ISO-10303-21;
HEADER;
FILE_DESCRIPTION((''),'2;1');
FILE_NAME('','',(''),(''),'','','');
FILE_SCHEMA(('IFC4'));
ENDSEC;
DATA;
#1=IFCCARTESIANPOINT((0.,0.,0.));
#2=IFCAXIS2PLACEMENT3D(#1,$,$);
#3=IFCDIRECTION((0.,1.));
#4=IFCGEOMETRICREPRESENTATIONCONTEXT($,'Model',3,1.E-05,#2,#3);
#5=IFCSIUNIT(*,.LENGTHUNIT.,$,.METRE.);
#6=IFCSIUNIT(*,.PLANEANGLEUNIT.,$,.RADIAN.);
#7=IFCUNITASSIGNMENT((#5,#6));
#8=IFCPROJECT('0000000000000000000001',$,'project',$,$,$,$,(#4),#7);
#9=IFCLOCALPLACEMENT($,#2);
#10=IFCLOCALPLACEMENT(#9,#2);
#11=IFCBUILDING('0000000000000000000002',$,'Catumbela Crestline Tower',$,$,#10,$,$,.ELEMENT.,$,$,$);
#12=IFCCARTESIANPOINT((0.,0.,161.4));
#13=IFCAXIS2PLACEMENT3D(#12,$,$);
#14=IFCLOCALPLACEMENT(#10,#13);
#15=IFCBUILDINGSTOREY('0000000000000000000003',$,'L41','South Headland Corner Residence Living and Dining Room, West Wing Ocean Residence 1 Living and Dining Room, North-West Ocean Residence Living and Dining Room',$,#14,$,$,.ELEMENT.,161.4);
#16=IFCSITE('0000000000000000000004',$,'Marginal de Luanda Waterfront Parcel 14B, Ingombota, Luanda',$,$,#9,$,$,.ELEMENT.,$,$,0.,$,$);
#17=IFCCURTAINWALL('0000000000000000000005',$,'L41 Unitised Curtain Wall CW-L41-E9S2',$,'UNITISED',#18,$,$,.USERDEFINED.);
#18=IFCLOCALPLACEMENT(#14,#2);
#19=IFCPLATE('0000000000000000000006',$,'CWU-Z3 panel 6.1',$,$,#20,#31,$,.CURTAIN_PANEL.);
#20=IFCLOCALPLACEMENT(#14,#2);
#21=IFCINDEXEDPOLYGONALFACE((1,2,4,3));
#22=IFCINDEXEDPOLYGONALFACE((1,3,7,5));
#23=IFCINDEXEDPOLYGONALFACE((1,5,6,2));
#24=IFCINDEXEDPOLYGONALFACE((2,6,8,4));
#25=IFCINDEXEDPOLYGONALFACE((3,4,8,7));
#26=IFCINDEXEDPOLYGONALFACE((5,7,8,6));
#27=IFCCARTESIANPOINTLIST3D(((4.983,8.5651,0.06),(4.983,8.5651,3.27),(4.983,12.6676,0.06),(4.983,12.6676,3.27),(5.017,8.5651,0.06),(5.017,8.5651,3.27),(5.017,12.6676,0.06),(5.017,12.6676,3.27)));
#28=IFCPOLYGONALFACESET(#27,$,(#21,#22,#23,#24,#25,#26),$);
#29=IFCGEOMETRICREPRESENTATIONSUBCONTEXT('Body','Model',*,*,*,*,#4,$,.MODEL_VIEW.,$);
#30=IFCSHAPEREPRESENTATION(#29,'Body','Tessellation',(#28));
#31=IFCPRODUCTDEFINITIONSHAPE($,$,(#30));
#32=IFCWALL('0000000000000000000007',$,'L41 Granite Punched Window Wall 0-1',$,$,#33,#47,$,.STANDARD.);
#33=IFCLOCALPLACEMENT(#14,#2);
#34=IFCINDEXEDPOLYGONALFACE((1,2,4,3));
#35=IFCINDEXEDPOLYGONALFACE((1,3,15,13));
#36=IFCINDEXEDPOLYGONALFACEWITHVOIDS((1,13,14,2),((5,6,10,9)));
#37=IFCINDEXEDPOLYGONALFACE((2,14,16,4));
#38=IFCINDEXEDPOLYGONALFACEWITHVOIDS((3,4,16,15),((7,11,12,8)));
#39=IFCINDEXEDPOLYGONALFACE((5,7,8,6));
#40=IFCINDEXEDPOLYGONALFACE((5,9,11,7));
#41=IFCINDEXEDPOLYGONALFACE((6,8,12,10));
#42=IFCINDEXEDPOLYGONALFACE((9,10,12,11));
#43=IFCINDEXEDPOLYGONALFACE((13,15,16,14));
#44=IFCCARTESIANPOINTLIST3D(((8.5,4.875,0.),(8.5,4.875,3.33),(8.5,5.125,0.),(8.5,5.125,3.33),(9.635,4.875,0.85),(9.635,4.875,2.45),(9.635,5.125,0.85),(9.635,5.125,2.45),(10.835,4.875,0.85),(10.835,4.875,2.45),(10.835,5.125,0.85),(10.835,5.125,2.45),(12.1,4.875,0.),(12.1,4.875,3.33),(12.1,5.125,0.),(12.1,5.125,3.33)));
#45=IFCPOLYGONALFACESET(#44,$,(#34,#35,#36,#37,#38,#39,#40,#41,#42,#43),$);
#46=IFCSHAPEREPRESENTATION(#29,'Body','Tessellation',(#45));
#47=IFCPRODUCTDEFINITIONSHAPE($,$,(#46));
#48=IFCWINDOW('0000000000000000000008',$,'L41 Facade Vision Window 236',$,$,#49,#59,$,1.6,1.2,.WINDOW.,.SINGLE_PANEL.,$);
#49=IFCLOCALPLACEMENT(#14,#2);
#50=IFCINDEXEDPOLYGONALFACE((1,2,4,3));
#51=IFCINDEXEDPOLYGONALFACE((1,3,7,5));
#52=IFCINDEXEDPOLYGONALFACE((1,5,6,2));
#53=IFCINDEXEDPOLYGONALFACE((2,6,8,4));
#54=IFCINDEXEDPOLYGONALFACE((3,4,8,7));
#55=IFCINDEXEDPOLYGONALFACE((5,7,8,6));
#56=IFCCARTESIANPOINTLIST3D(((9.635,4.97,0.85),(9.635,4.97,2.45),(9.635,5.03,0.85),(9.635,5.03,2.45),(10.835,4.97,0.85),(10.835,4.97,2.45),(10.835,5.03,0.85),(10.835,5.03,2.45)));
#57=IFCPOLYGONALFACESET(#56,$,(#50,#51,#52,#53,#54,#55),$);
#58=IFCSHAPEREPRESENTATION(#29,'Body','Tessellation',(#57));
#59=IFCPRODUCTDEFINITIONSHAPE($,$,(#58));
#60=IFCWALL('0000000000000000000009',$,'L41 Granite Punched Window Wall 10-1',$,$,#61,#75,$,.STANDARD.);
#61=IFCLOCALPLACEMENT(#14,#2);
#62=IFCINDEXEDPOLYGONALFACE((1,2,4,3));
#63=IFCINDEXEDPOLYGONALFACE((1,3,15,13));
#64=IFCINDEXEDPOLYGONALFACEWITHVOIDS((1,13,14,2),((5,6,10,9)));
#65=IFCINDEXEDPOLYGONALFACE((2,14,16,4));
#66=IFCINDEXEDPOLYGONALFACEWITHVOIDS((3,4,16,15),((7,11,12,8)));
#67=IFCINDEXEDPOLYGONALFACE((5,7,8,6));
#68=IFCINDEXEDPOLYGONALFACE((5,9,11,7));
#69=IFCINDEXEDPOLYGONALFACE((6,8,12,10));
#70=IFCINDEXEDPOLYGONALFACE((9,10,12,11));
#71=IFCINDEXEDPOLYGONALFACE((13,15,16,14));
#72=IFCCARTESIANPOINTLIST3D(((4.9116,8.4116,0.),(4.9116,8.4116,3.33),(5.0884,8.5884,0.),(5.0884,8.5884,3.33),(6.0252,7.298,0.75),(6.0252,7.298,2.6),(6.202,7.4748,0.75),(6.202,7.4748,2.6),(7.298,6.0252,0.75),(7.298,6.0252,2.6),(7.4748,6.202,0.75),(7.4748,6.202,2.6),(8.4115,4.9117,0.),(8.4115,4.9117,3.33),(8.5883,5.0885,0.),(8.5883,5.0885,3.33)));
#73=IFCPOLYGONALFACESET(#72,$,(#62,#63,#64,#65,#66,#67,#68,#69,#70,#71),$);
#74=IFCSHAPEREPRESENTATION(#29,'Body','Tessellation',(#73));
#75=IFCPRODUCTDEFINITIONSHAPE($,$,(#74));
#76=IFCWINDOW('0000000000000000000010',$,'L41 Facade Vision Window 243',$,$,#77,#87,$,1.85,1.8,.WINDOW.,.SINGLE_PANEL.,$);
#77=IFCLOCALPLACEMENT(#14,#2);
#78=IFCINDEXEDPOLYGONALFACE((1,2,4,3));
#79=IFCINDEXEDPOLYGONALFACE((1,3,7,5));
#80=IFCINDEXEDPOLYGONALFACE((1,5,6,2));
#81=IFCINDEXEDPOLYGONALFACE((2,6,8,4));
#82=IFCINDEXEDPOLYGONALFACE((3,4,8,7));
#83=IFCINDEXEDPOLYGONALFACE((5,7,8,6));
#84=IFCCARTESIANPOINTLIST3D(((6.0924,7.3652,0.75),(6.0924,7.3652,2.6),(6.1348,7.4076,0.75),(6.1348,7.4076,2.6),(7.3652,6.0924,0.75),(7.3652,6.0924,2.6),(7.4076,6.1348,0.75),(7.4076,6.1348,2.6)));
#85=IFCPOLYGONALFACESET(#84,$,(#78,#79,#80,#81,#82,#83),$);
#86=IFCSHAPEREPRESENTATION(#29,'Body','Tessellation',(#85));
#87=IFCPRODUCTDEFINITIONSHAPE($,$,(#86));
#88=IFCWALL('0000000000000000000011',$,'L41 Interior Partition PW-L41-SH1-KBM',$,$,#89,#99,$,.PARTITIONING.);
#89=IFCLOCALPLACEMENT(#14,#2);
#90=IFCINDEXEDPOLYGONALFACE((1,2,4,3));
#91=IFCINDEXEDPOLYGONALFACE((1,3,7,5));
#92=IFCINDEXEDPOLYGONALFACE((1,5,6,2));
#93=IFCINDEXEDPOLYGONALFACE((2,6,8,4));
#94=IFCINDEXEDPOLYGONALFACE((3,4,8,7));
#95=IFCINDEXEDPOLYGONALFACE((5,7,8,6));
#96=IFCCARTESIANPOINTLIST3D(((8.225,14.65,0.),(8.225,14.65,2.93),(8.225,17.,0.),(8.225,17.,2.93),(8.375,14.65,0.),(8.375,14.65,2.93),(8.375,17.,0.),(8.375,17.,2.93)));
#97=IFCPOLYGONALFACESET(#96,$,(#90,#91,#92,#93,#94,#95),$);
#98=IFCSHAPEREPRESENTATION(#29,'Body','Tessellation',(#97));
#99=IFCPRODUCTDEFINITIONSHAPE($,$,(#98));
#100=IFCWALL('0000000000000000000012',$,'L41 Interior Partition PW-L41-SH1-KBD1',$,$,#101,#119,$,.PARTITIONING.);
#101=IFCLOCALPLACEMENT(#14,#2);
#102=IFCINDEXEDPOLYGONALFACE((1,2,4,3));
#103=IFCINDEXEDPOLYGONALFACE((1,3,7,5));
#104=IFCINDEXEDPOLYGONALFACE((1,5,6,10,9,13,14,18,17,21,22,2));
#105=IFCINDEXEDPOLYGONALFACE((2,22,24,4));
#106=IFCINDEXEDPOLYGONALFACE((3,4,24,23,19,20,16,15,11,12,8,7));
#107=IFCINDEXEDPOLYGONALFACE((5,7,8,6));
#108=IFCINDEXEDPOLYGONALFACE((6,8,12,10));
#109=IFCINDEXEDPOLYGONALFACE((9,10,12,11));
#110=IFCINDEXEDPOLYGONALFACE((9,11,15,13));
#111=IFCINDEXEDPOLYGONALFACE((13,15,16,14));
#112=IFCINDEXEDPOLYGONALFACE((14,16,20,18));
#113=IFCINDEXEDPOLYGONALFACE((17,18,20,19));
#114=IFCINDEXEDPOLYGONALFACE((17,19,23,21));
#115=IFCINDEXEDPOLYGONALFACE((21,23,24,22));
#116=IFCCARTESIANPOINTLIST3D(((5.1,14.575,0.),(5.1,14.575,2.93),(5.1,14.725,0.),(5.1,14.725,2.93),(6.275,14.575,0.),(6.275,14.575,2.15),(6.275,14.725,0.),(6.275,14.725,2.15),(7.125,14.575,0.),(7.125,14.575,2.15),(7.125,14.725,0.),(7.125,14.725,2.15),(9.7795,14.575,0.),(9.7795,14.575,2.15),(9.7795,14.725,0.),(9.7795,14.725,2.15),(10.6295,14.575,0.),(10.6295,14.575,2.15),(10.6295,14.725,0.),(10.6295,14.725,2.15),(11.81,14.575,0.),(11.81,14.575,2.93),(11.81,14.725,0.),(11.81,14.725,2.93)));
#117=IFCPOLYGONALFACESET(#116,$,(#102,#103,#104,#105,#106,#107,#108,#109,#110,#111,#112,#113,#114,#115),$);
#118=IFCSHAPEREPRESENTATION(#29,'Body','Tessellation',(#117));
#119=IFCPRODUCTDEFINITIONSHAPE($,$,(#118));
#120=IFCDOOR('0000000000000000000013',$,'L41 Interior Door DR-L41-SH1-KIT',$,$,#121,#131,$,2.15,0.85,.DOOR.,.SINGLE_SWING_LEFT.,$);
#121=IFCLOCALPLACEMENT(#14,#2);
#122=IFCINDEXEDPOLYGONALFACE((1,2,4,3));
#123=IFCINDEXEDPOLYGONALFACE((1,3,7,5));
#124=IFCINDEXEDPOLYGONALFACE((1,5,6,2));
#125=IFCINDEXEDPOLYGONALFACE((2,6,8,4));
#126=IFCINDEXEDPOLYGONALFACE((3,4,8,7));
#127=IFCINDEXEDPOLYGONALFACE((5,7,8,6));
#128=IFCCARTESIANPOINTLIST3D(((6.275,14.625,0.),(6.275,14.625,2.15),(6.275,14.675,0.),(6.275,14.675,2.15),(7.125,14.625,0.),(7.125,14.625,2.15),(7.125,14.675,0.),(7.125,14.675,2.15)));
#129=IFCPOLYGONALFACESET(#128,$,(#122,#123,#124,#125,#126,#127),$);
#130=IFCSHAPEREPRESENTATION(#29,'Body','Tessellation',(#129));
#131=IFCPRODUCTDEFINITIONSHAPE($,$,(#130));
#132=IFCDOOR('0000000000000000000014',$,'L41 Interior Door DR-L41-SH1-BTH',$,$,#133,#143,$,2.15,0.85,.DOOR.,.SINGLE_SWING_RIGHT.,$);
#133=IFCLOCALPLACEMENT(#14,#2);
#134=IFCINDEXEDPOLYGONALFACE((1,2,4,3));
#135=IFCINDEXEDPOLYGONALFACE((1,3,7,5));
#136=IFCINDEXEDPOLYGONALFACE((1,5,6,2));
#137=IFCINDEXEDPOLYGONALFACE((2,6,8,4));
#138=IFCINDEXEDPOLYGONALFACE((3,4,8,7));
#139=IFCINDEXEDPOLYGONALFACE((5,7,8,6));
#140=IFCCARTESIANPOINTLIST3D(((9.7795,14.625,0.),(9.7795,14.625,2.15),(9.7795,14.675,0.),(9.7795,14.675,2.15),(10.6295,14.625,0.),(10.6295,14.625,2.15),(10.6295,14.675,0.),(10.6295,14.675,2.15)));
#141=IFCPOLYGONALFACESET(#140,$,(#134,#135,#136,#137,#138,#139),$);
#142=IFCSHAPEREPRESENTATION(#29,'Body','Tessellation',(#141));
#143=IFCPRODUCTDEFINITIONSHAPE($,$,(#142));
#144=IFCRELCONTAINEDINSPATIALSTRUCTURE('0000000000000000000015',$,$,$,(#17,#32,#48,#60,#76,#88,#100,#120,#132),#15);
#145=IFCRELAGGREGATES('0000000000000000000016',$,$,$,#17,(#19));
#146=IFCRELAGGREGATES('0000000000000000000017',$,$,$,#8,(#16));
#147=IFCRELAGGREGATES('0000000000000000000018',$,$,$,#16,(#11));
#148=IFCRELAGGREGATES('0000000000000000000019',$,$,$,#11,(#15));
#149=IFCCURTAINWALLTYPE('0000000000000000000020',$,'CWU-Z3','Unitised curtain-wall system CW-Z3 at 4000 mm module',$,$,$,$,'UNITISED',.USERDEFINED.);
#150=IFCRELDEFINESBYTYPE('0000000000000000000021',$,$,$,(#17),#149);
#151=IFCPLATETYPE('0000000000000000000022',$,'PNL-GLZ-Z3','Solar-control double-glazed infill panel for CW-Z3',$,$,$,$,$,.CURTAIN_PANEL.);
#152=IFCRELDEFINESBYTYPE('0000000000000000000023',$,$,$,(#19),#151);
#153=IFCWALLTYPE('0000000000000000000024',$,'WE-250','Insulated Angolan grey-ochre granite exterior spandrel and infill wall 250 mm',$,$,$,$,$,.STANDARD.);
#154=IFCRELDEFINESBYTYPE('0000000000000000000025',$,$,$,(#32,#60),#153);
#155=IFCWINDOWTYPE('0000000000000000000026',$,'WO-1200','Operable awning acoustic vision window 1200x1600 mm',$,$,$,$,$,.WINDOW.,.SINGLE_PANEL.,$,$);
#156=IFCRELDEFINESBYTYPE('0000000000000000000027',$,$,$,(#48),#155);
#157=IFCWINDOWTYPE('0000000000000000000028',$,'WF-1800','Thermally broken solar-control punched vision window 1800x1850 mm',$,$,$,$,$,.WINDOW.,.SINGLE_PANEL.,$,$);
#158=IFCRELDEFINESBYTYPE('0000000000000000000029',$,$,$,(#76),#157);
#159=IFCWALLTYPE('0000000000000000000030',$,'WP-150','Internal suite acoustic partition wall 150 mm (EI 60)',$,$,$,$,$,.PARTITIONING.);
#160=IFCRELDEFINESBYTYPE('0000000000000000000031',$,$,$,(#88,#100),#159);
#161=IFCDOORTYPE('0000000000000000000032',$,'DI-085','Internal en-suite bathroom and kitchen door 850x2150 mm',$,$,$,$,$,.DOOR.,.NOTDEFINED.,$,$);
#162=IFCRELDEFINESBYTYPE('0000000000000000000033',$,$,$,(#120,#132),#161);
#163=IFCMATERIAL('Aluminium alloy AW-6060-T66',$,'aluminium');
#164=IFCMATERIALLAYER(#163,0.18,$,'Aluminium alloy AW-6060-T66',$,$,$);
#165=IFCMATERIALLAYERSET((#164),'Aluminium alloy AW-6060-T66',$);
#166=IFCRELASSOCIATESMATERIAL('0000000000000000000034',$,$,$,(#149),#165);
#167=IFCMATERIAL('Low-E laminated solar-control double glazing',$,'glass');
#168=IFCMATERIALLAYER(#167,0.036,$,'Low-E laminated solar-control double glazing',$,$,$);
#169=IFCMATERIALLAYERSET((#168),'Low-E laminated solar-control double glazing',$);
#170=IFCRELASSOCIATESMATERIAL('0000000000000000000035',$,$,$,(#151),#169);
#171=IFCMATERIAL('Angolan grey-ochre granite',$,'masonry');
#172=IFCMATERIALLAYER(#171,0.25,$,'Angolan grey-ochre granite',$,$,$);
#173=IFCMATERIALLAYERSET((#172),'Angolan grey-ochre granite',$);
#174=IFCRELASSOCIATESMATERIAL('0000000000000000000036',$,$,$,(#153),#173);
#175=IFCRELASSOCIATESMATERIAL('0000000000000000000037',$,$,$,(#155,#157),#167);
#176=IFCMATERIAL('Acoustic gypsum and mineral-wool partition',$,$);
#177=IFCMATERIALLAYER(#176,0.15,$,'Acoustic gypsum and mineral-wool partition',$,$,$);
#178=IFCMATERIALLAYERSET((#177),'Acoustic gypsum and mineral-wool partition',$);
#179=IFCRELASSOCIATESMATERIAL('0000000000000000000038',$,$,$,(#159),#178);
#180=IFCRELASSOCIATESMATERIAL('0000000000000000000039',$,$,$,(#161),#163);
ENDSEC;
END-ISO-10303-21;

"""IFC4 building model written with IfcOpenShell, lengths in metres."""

from ifc_helpers import new_model, si_unit, direction, frame, frame_2d, origin, origin_2d, place, context, subcontext, project, spatial, rectangle, extrude, material, layer, layer_set, type_object, element, fill, aggregate, save


model = new_model("IFC4")

# Units and contexts
model_context = context("Model", 3, precision=1e-05, world=origin(), true_north=direction((0.0, 1.0)))
body_context = subcontext(model_context, "Body", "Model", "MODEL_VIEW")
ifc_project = project(units=[si_unit("LENGTHUNIT", "METRE"), si_unit("PLANEANGLEUNIT", "RADIAN")], contexts=[model_context])

# Site, building, storey
site_placement = place(None, origin())
site = spatial("IfcSite", under=ifc_project, at=site_placement, Name="Marginal de Luanda Waterfront Parcel 14B, Ingombota, Luanda", CompositionType="ELEMENT", RefElevation=0.0)
building_placement = place(site_placement, origin())
building = spatial("IfcBuilding", under=site, at=building_placement, Name="Catumbela Crestline Tower", CompositionType="ELEMENT")
storey_placement = place(building_placement, frame((0.0, 0.0, 161.4)))
storey = spatial("IfcBuildingStorey", under=building, at=storey_placement, Name="L41", Description="South Headland Corner Residence Living and Dining Room, West Wing Ocean Residence 1 Living and Dining Room, North-West Ocean Residence Living and Dining Room", CompositionType="ELEMENT", Elevation=161.4)

# Curtain wall, plate
ifc_material_1 = material(Name="Aluminium alloy AW-6060-T66", Category="aluminium")
ifc_layer_1 = layer(ifc_material_1, 0.18, Name="Aluminium alloy AW-6060-T66")
ifc_layer_set_1 = layer_set([ifc_layer_1], Name="Aluminium alloy AW-6060-T66")
curtain_wall_type = type_object("IfcCurtainWallType", Name="CWU-Z3", Description="Unitised curtain-wall system CW-Z3 at 4000 mm module", ElementType="UNITISED", PredefinedType="USERDEFINED", material=ifc_layer_set_1)
curtain_wall_placement = place(storey_placement, origin())
curtain_wall = element("IfcCurtainWall", 1, at=curtain_wall_placement, inside=storey, type_object=curtain_wall_type, Name="L41 Unitised Curtain Wall CW-L41-E9S2", ObjectType="UNITISED", PredefinedType="USERDEFINED")
ifc_material_2 = material(Name="Low-E laminated solar-control double glazing", Category="glass")
ifc_layer_2 = layer(ifc_material_2, 0.036, Name="Low-E laminated solar-control double glazing")
ifc_layer_set_2 = layer_set([ifc_layer_2], Name="Low-E laminated solar-control double glazing")
plate_type = type_object("IfcPlateType", Name="PNL-GLZ-Z3", Description="Solar-control double-glazed infill panel for CW-Z3", PredefinedType="CURTAIN_PANEL", material=ifc_layer_set_2)
plate_1_placement = place(storey_placement, frame((5.0, 10.6163, 0.06), z_axis=(0.0, 0.0, 1.0), x_axis=(0.0, -1.0, 0.0)))
plate_1 = element("IfcPlate", 2, at=plate_1_placement, type_object=plate_type, Name="CWU-Z3 panel 6.1", PredefinedType="CURTAIN_PANEL", context=body_context, shape_type="SweptSolid", body=[
    extrude(rectangle(XDim=4.1025, YDim=0.034, at=origin_2d()), origin(), (0.0, 0.0, 1.0), 3.21),
])
aggregate(curtain_wall, [plate_1])

# Walls, openings, windows
ifc_material_3 = material(Name="Angolan grey-ochre granite", Category="masonry")
ifc_layer_3 = layer(ifc_material_3, 0.25, Name="Angolan grey-ochre granite")
ifc_layer_set_3 = layer_set([ifc_layer_3], Name="Angolan grey-ochre granite")
wall_type_1 = type_object("IfcWallType", Name="WE-250", Description="Insulated Angolan grey-ochre granite exterior spandrel and infill wall 250 mm", PredefinedType="STANDARD", material=ifc_layer_set_3)
wall_1_placement = place(storey_placement, frame((8.5, 5.0, 0.0), z_axis=(0.0, 0.0, 1.0), x_axis=(1.0, 0.0, 0.0)))
wall_1 = element("IfcWall", 3, at=wall_1_placement, inside=storey, type_object=wall_type_1, Name="L41 Granite Punched Window Wall 0-1", PredefinedType="STANDARD", context=body_context, shape_type="SweptSolid", body=[
    extrude(rectangle(XDim=3.6, YDim=0.25, at=frame_2d((1.8, 0.0))), origin(), (0.0, 0.0, 1.0), 3.33),
])
opening_1_placement = place(wall_1_placement, frame((1.135, 0.0, 0.85)))
opening_1 = element("IfcOpeningElement", 4, at=opening_1_placement, cuts=wall_1, PredefinedType="OPENING", context=body_context, shape_type="SweptSolid", body=[
    extrude(rectangle(XDim=1.2, YDim=1.6, at=frame_2d((0.6, 0.8))), frame((0.0, 0.135, 0.0), z_axis=(0.0, -1.0, 0.0), x_axis=(1.0, 0.0, 0.0)), (0.0, 0.0, 1.0), 0.27),
])
window_type_1 = type_object("IfcWindowType", Name="WO-1200", Description="Operable awning acoustic vision window 1200x1600 mm", PartitioningType="SINGLE_PANEL", PredefinedType="WINDOW", material=ifc_material_2)
window_1_placement = place(opening_1_placement, origin())
window_1 = element("IfcWindow", 5, at=window_1_placement, inside=storey, type_object=window_type_1, Name="L41 Facade Vision Window 236", OverallHeight=1.6, OverallWidth=1.2, PartitioningType="SINGLE_PANEL", PredefinedType="WINDOW", context=body_context, shape_type="SweptSolid", body=[
    extrude(rectangle(XDim=1.2, YDim=1.6, at=frame_2d((0.6, 0.8))), frame((0.0, 0.03, 0.0), z_axis=(0.0, -1.0, 0.0), x_axis=(1.0, 0.0, 0.0)), (0.0, 0.0, 1.0), 0.06),
])
fill(opening_1, window_1)
wall_2_placement = place(storey_placement, frame((5.0, 8.5, 0.0), z_axis=(0.0, 0.0, 1.0), x_axis=(0.707107, -0.707107, 0.0)))
wall_2 = element("IfcWall", 6, at=wall_2_placement, inside=storey, type_object=wall_type_1, Name="L41 Granite Punched Window Wall 10-1", PredefinedType="STANDARD", context=body_context, shape_type="SweptSolid", body=[
    extrude(rectangle(XDim=4.9497, YDim=0.25, at=frame_2d((2.4748, 0.0))), origin(), (0.0, 0.0, 1.0), 3.33),
])
opening_2_placement = place(wall_2_placement, frame((1.5749, 0.0, 0.75)))
opening_2 = element("IfcOpeningElement", 7, at=opening_2_placement, cuts=wall_2, PredefinedType="OPENING", context=body_context, shape_type="SweptSolid", body=[
    extrude(rectangle(XDim=1.8, YDim=1.85, at=frame_2d((0.9, 0.925))), frame((0.0, 0.135, 0.0), z_axis=(0.0, -1.0, 0.0), x_axis=(1.0, 0.0, 0.0)), (0.0, 0.0, 1.0), 0.27),
])
window_type_2 = type_object("IfcWindowType", Name="WF-1800", Description="Thermally broken solar-control punched vision window 1800x1850 mm", PartitioningType="SINGLE_PANEL", PredefinedType="WINDOW", material=ifc_material_2)
window_2_placement = place(opening_2_placement, origin())
window_2 = element("IfcWindow", 8, at=window_2_placement, inside=storey, type_object=window_type_2, Name="L41 Facade Vision Window 243", OverallHeight=1.85, OverallWidth=1.8, PartitioningType="SINGLE_PANEL", PredefinedType="WINDOW", context=body_context, shape_type="SweptSolid", body=[
    extrude(rectangle(XDim=1.8, YDim=1.85, at=frame_2d((0.9, 0.925))), frame((0.0, 0.03, 0.0), z_axis=(0.0, -1.0, 0.0), x_axis=(1.0, 0.0, 0.0)), (0.0, 0.0, 1.0), 0.06),
])
fill(opening_2, window_2)

# Wall
ifc_material_4 = material(Name="Acoustic gypsum and mineral-wool partition")
ifc_layer_4 = layer(ifc_material_4, 0.15, Name="Acoustic gypsum and mineral-wool partition")
ifc_layer_set_4 = layer_set([ifc_layer_4], Name="Acoustic gypsum and mineral-wool partition")
wall_type_2 = type_object("IfcWallType", Name="WP-150", Description="Internal suite acoustic partition wall 150 mm (EI 60)", PredefinedType="PARTITIONING", material=ifc_layer_set_4)
wall_3_placement = place(storey_placement, frame((8.3, 14.65, 0.0), z_axis=(0.0, 0.0, 1.0), x_axis=(0.0, 1.0, 0.0)))
element("IfcWall", 9, at=wall_3_placement, inside=storey, type_object=wall_type_2, Name="L41 Interior Partition PW-L41-SH1-KBM", PredefinedType="PARTITIONING", context=body_context, shape_type="SweptSolid", body=[
    extrude(rectangle(XDim=2.35, YDim=0.15, at=frame_2d((1.175, 0.0))), origin(), (0.0, 0.0, 1.0), 2.93),
])

# Wall, openings, doors
wall_4_placement = place(storey_placement, frame((5.1, 14.65, 0.0), z_axis=(0.0, 0.0, 1.0), x_axis=(1.0, 0.0, 0.0)))
wall_4 = element("IfcWall", 10, at=wall_4_placement, inside=storey, type_object=wall_type_2, Name="L41 Interior Partition PW-L41-SH1-KBD1", PredefinedType="PARTITIONING", context=body_context, shape_type="SweptSolid", body=[
    extrude(rectangle(XDim=6.71, YDim=0.15, at=frame_2d((3.355, 0.0))), origin(), (0.0, 0.0, 1.0), 2.93),
])
opening_3_placement = place(wall_4_placement, frame((1.175, 0.0, 0.0)))
opening_3 = element("IfcOpeningElement", 11, at=opening_3_placement, cuts=wall_4, PredefinedType="OPENING", context=body_context, shape_type="SweptSolid", body=[
    extrude(rectangle(XDim=0.85, YDim=2.15, at=frame_2d((0.425, 1.075))), frame((0.0, 0.085, 0.0), z_axis=(0.0, -1.0, 0.0), x_axis=(1.0, 0.0, 0.0)), (0.0, 0.0, 1.0), 0.17),
])
opening_4_placement = place(wall_4_placement, frame((4.6795, 0.0, 0.0)))
opening_4 = element("IfcOpeningElement", 12, at=opening_4_placement, cuts=wall_4, PredefinedType="OPENING", context=body_context, shape_type="SweptSolid", body=[
    extrude(rectangle(XDim=0.85, YDim=2.15, at=frame_2d((0.425, 1.075))), frame((0.0, 0.085, 0.0), z_axis=(0.0, -1.0, 0.0), x_axis=(1.0, 0.0, 0.0)), (0.0, 0.0, 1.0), 0.17),
])
door_type_1 = type_object("IfcDoorType", Name="DI-085", Description="Internal en-suite bathroom and kitchen door 850x2150 mm", OperationType="NOTDEFINED", PredefinedType="DOOR", material=ifc_material_1)
door_1_placement = place(opening_3_placement, origin())
door_1 = element("IfcDoor", 13, at=door_1_placement, inside=storey, type_object=door_type_1, Name="L41 Interior Door DR-L41-SH1-KIT", OperationType="SINGLE_SWING_LEFT", OverallHeight=2.15, OverallWidth=0.85, PredefinedType="DOOR", context=body_context, shape_type="SweptSolid", body=[
    extrude(rectangle(XDim=0.85, YDim=2.15, at=frame_2d((0.425, 1.075))), frame((0.0, 0.025, 0.0), z_axis=(0.0, -1.0, 0.0), x_axis=(1.0, 0.0, 0.0)), (0.0, 0.0, 1.0), 0.05),
])
fill(opening_3, door_1)
door_2_placement = place(opening_4_placement, origin())
door_2 = element("IfcDoor", 14, at=door_2_placement, inside=storey, type_object=door_type_1, Name="L41 Interior Door DR-L41-SH1-BTH", OperationType="SINGLE_SWING_RIGHT", OverallHeight=2.15, OverallWidth=0.85, PredefinedType="DOOR", context=body_context, shape_type="SweptSolid", body=[
    extrude(rectangle(XDim=0.85, YDim=2.15, at=frame_2d((0.425, 1.075))), frame((0.0, 0.025, 0.0), z_axis=(0.0, -1.0, 0.0), x_axis=(1.0, 0.0, 0.0)), (0.0, 0.0, 1.0), 0.05),
])
fill(opening_4, door_2)

save(model, "model.ifc")
